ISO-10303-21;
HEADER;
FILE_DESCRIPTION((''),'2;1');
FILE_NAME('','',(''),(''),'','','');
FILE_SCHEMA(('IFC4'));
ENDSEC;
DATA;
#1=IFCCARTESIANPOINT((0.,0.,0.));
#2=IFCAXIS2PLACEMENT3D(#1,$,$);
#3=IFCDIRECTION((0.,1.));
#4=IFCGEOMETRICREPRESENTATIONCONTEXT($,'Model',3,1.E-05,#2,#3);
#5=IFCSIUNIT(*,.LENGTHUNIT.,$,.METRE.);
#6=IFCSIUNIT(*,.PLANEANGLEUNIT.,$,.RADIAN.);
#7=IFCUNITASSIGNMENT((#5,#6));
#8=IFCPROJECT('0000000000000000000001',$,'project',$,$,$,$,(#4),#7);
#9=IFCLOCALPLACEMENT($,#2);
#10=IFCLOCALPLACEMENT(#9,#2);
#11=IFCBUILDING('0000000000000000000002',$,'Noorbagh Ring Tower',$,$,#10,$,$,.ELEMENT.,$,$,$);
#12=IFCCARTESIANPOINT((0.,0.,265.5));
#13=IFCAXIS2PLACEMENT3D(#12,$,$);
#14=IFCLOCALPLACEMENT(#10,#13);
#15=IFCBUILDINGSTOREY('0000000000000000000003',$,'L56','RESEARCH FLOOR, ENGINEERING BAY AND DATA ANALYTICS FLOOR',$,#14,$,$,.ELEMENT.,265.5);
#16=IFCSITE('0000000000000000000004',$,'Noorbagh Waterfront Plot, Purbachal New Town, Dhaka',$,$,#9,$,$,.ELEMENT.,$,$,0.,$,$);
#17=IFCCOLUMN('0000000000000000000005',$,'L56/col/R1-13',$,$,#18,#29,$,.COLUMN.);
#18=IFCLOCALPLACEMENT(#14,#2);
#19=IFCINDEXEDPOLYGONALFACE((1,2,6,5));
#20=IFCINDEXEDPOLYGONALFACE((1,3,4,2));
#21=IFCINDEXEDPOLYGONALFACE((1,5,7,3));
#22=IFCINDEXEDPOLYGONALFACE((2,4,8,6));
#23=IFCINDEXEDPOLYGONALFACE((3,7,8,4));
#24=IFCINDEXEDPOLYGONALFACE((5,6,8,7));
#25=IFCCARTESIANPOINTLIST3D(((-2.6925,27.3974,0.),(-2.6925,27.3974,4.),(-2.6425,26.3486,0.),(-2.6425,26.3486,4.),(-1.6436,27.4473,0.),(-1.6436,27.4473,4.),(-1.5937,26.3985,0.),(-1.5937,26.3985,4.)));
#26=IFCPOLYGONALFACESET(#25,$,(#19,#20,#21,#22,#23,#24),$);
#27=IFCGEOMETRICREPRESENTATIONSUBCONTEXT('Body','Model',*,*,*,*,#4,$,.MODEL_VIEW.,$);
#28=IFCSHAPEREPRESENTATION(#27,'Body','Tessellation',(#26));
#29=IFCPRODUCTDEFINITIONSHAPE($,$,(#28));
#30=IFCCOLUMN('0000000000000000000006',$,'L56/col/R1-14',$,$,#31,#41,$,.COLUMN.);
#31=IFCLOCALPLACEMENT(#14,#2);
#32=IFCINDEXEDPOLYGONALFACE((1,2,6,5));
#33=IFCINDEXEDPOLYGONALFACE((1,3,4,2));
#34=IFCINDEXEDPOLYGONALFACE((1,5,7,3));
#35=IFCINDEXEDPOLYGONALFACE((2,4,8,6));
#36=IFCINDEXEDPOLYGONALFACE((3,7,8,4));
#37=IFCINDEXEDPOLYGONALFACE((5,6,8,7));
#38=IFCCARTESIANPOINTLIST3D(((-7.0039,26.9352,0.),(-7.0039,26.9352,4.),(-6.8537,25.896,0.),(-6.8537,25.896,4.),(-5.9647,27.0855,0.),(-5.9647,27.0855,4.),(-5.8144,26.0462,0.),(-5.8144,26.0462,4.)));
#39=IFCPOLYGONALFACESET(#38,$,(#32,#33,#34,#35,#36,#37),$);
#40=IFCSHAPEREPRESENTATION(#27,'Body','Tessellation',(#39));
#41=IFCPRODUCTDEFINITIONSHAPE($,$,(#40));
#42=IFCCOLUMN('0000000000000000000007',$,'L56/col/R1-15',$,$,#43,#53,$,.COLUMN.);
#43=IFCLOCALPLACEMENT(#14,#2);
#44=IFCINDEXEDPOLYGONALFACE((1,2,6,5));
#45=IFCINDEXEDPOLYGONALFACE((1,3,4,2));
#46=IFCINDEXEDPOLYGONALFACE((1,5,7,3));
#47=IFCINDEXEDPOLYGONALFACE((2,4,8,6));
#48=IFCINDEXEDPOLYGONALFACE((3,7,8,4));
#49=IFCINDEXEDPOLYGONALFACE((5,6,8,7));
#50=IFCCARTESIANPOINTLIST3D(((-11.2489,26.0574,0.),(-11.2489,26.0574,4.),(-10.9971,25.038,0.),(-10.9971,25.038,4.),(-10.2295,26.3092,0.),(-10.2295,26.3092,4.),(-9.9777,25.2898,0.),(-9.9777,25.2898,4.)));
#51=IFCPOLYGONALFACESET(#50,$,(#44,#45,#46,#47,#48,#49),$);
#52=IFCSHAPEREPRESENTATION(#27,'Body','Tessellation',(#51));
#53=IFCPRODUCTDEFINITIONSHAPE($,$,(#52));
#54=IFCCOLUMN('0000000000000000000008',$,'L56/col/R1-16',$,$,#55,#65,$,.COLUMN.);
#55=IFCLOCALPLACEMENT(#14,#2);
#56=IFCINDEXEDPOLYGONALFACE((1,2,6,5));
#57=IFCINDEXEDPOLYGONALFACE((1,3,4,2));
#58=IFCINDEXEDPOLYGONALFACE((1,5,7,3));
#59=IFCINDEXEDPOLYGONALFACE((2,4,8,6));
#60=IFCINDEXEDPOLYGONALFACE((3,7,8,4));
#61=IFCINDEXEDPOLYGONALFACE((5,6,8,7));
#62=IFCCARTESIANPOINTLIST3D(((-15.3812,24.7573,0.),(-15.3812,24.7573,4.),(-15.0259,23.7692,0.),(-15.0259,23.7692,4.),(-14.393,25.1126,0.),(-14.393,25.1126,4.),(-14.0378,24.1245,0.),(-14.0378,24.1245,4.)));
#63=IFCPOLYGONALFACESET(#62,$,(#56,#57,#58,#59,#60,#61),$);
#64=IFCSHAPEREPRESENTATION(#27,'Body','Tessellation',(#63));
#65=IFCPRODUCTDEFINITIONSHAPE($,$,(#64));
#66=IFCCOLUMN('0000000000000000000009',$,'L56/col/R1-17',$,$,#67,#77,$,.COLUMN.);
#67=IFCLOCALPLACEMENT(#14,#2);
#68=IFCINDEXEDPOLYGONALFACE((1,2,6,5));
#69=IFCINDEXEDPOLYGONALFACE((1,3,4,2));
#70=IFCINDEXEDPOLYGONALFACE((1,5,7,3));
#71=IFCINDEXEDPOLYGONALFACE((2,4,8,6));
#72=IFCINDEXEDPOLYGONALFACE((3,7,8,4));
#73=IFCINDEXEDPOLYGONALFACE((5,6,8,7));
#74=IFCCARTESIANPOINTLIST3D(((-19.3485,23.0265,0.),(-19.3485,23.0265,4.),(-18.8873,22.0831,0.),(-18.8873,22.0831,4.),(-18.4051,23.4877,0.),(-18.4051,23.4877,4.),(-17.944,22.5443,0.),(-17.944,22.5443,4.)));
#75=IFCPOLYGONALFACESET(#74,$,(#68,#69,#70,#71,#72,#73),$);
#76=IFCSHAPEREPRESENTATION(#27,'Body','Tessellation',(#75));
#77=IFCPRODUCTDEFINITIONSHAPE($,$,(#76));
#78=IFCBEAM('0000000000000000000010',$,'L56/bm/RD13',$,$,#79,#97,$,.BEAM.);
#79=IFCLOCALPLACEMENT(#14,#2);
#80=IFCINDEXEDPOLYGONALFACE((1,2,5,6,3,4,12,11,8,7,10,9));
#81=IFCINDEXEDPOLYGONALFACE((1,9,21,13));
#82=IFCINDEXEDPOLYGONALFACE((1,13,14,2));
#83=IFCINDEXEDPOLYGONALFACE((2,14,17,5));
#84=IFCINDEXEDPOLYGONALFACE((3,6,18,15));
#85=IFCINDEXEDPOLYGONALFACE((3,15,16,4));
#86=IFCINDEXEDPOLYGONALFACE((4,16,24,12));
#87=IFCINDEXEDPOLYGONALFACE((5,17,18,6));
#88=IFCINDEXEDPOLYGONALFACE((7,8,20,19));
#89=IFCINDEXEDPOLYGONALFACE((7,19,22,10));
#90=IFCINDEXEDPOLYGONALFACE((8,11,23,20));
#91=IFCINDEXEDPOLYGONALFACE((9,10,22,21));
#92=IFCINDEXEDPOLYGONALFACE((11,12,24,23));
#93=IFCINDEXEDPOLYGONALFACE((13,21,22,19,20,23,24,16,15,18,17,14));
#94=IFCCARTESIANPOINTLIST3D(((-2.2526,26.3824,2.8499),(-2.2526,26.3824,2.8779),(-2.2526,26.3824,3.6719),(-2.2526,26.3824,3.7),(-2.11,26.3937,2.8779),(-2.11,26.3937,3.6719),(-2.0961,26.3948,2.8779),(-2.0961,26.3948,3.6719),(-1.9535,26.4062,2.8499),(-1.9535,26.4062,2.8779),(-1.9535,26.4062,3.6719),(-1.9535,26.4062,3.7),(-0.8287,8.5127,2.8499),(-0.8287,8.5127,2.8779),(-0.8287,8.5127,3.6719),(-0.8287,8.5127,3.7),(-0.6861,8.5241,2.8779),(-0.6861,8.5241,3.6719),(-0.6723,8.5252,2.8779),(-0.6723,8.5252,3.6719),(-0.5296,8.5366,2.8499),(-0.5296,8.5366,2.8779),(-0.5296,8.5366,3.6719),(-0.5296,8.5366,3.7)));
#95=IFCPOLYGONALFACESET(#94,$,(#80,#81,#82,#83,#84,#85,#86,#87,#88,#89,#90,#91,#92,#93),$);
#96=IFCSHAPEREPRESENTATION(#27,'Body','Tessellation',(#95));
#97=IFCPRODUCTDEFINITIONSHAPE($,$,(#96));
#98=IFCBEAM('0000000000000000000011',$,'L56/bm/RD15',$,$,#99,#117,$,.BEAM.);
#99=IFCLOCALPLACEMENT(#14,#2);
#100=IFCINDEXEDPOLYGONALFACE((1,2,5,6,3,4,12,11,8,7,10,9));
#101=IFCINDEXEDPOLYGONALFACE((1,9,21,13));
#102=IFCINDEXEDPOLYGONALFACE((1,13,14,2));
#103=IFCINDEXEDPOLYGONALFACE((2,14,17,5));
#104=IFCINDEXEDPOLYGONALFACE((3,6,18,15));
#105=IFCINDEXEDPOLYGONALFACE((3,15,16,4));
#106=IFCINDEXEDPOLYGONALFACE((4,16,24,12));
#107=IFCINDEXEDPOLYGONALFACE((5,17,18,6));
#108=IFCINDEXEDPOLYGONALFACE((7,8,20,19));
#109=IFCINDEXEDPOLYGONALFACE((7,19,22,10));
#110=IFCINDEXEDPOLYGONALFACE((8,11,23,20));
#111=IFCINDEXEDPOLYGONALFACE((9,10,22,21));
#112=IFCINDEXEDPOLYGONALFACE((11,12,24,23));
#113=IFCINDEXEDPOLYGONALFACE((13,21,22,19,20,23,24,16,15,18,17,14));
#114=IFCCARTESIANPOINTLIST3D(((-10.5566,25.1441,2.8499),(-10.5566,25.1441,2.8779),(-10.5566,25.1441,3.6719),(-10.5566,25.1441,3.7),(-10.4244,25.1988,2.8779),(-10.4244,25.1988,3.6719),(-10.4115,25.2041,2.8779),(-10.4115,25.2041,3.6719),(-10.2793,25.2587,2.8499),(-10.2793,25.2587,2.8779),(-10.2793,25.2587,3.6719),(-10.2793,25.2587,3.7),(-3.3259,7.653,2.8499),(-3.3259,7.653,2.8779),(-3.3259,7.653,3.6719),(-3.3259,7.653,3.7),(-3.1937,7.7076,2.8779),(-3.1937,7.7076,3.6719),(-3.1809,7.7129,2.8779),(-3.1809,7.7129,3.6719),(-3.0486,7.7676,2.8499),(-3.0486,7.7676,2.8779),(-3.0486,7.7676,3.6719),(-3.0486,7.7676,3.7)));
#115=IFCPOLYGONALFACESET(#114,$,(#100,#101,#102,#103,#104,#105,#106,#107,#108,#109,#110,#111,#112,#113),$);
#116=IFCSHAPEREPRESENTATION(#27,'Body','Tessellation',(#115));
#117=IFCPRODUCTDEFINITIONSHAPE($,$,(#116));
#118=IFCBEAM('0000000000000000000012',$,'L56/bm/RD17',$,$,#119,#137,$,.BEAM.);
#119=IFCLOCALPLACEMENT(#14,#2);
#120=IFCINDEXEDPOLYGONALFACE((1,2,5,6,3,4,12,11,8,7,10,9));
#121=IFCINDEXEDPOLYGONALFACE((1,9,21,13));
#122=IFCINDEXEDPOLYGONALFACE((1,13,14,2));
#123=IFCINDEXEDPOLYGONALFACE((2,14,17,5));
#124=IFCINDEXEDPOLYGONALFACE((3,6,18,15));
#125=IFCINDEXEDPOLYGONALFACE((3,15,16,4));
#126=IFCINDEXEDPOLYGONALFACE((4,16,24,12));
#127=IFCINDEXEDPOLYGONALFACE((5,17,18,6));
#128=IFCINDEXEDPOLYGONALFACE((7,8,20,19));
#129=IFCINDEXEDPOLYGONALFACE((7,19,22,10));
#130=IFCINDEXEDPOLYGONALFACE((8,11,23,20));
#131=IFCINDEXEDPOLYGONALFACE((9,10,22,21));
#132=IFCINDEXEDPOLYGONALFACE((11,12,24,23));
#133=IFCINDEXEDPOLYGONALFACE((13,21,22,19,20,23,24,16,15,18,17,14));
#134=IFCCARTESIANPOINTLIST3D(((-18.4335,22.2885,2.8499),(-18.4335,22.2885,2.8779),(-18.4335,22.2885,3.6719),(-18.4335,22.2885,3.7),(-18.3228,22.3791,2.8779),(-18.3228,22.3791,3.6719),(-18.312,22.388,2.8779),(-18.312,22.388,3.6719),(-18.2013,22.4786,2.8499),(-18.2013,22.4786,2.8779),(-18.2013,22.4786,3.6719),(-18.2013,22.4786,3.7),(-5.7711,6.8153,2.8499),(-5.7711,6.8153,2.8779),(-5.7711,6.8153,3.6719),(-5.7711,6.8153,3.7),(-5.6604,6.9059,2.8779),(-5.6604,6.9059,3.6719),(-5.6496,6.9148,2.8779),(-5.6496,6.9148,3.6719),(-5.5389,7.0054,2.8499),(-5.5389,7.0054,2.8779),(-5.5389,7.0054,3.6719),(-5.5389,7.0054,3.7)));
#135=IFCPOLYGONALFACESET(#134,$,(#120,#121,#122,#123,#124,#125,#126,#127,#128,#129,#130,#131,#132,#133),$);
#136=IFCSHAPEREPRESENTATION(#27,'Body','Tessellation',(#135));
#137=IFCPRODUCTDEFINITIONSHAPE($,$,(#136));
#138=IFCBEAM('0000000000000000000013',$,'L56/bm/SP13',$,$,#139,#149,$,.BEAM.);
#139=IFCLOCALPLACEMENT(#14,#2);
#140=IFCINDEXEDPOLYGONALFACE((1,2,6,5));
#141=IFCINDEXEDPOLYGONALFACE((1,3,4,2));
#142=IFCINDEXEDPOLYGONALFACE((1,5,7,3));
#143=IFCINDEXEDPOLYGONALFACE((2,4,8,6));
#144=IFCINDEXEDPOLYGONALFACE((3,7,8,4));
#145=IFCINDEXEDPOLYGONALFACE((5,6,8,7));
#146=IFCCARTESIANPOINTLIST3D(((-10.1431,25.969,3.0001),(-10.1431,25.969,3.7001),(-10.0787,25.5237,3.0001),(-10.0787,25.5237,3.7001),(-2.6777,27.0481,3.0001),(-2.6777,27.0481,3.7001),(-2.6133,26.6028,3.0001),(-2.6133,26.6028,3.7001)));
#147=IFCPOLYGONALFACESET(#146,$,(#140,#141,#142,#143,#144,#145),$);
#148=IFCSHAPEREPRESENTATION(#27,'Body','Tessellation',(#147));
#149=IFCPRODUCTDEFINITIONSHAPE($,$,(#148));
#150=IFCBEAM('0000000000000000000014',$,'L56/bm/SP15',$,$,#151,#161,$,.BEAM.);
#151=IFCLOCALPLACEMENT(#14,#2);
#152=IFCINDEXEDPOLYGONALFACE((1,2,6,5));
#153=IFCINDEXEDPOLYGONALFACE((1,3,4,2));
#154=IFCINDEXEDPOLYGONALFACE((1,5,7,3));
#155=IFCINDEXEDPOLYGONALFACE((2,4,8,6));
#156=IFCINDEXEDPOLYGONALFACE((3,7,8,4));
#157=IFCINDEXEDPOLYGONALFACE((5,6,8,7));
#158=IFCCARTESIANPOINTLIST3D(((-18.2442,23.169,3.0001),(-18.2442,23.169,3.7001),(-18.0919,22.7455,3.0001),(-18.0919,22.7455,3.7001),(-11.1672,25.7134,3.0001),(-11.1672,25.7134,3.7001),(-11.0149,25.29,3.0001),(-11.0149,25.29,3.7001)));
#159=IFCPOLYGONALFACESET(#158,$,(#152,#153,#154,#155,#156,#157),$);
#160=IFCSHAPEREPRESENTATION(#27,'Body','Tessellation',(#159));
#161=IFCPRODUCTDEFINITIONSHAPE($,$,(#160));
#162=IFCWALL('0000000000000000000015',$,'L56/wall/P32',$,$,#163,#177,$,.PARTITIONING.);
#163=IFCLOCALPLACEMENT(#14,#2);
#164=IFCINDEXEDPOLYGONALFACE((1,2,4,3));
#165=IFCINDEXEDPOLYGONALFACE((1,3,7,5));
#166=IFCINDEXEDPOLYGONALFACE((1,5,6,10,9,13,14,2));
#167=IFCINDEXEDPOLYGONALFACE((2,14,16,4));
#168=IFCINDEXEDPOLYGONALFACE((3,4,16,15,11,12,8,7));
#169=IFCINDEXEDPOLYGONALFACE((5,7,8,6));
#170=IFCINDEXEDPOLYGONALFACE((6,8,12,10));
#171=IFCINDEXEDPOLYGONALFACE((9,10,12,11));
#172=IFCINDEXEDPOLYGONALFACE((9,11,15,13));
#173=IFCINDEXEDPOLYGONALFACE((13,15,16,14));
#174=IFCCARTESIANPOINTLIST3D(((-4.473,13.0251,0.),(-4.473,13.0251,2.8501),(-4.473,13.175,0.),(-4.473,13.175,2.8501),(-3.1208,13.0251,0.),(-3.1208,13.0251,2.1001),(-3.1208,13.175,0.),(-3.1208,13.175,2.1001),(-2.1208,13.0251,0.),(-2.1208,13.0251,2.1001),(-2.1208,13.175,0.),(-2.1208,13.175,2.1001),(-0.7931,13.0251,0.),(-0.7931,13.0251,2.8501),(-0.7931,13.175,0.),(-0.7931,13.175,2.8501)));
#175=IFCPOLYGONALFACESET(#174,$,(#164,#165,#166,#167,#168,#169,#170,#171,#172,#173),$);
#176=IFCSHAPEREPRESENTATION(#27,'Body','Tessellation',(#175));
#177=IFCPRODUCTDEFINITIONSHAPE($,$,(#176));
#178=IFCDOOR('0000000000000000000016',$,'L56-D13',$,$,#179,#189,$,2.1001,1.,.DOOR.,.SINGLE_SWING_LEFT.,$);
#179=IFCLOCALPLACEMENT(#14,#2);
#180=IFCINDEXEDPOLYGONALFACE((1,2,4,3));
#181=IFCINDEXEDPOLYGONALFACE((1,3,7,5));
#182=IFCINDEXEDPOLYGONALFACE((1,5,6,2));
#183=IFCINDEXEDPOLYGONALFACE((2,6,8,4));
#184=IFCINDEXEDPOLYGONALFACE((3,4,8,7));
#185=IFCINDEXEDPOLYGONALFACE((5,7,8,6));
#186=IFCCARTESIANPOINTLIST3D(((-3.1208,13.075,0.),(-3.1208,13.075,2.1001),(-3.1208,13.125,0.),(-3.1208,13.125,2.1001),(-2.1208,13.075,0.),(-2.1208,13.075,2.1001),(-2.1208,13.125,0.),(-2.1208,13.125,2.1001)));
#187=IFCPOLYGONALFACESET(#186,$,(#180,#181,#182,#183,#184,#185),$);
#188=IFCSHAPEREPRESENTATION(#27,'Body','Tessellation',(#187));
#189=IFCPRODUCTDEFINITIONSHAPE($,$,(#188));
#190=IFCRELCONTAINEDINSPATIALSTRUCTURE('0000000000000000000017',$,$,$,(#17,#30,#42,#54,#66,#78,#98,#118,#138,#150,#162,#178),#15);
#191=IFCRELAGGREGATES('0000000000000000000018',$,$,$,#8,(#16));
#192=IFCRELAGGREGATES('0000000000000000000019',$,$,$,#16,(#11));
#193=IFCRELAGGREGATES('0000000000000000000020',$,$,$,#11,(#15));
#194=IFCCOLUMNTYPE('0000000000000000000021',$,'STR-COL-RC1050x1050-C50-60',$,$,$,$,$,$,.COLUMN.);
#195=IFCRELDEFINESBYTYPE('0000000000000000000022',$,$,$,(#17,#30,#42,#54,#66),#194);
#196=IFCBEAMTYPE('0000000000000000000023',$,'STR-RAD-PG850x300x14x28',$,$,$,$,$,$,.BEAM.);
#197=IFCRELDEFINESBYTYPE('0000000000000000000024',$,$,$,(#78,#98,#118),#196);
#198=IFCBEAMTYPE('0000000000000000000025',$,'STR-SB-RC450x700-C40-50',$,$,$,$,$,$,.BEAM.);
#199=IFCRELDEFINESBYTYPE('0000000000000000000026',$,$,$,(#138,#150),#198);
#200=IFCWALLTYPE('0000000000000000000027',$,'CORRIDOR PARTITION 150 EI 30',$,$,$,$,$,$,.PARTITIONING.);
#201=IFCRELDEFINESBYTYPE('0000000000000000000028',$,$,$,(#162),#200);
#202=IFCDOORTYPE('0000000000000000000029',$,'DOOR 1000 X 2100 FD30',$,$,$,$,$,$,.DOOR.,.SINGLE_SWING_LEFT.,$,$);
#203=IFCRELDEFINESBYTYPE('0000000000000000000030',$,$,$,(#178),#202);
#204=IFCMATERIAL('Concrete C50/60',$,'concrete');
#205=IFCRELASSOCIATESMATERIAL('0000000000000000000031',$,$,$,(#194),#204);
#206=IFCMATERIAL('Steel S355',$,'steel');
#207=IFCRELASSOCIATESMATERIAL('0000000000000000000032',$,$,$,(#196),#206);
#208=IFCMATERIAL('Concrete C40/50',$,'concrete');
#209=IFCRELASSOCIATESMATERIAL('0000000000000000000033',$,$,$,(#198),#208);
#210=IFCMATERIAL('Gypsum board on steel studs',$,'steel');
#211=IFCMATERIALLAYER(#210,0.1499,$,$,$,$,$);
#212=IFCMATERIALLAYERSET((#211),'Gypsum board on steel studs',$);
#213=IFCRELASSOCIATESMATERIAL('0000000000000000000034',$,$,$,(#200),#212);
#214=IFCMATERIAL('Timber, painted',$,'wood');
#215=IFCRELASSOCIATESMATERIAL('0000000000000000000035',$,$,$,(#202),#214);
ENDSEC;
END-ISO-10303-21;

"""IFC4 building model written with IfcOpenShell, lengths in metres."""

from ifc_helpers import new_model, si_unit, direction, frame, frame_2d, origin, origin_2d, place, context, subcontext, project, spatial, rectangle, i_section, extrude, material, layer, layer_set, material_profile, profile_set, type_object, element, fill, save


model = new_model("IFC4")

# Units and contexts
model_context = context("Model", 3, precision=1e-05, world=origin(), true_north=direction((0.0, 1.0)))
body_context = subcontext(model_context, "Body", "Model", "MODEL_VIEW")
ifc_project = project(units=[si_unit("LENGTHUNIT", "METRE"), si_unit("PLANEANGLEUNIT", "RADIAN")], contexts=[model_context])

# Site, building, storey
site_placement = place(None, origin())
site = spatial("IfcSite", under=ifc_project, at=site_placement, Name="Noorbagh Waterfront Plot, Purbachal New Town, Dhaka", CompositionType="ELEMENT", RefElevation=0.0)
building_placement = place(site_placement, origin())
building = spatial("IfcBuilding", under=site, at=building_placement, Name="Noorbagh Ring Tower", CompositionType="ELEMENT")
storey_placement = place(building_placement, frame((0.0, 0.0, 265.5)))
storey = spatial("IfcBuildingStorey", under=building, at=storey_placement, Name="L56", Description="RESEARCH FLOOR, ENGINEERING BAY AND DATA ANALYTICS FLOOR", CompositionType="ELEMENT", Elevation=265.5)

# Columns
ifc_material_1 = material(Name="Concrete C50/60", Category="concrete")
ifc_material_profile_1 = material_profile(ifc_material_1, rectangle(XDim=1.05, YDim=1.05, at=origin_2d()), Name="RC1050x1050")
ifc_profile_set_1 = profile_set([ifc_material_profile_1], Name="Concrete C50/60")
column_type = type_object("IfcColumnType", Name="STR-COL-RC1050x1050-C50-60", PredefinedType="COLUMN", material=ifc_profile_set_1)
for number, where, z_axis, x_axis, name in (
    (1, (-2.1431, 26.8979, 0.0), (0.0, 0.0, 1.0), (-0.998869, -0.047553, 0.0), "L56/col/R1-13"),
    (2, (-6.4092, 26.4907, 0.0), (0.0, 0.0, 1.0), (-0.989713, -0.143066, 0.0), "L56/col/R1-14"),
    (3, (-10.6133, 25.6736, 0.0), (0.0, 0.0, 1.0), (-0.970829, -0.239771, 0.0), "L56/col/R1-15"),
    (4, (-14.7095, 24.4409, 0.0), (0.0, 0.0, 1.0), (-0.941025, -0.338338, 0.0), "L56/col/R1-16"),
    (5, (-18.6462, 22.7854, 0.0), (0.0, 0.0, 1.0), (-0.898399, -0.43918, 0.0), "L56/col/R1-17"),
):
    element("IfcColumn", number, at=place(storey_placement, frame(where, z_axis=z_axis, x_axis=x_axis)), inside=storey, type_object=column_type, Name=name, PredefinedType="COLUMN", context=body_context, shape_type="SweptSolid", body=[
        extrude(rectangle(XDim=1.05, YDim=1.05, at=origin_2d()), origin(), (0.0, 0.0, 1.0), 4.0),
    ])

# Beams
ifc_material_2 = material(Name="Steel S355", Category="steel")
ifc_material_profile_2 = material_profile(ifc_material_2, i_section(OverallWidth=0.3, OverallDepth=0.8501, WebThickness=0.0139, FlangeThickness=0.0281, at=origin_2d()), Name="PG850x300x14x28")
ifc_profile_set_2 = profile_set([ifc_material_profile_2], Name="Steel S355")
beam_type_1 = type_object("IfcBeamType", Name="STR-RAD-PG850x300x14x28", PredefinedType="BEAM", material=ifc_profile_set_2)
beam_1_placement = place(storey_placement, frame((-2.103, 26.3943, 3.2749), z_axis=(0.079427, -0.996841, 0.0), x_axis=(0.996841, 0.079427, 0.0)))
element("IfcBeam", 6, at=beam_1_placement, inside=storey, type_object=beam_type_1, Name="L56/bm/RD13", PredefinedType="BEAM", context=body_context, shape_type="SweptSolid", body=[
    extrude(i_section(OverallWidth=0.3, OverallDepth=0.8501, WebThickness=0.0139, FlangeThickness=0.0281, at=origin_2d()), origin(), (0.0, 0.0, 1.0), 17.9263),
])
beam_2_placement = place(storey_placement, frame((-10.418, 25.2014, 3.2749), z_axis=(0.382035, -0.924148, 0.0), x_axis=(0.924148, 0.382035, 0.0)))
element("IfcBeam", 7, at=beam_2_placement, inside=storey, type_object=beam_type_1, Name="L56/bm/RD15", PredefinedType="BEAM", context=body_context, shape_type="SweptSolid", body=[
    extrude(i_section(OverallWidth=0.3, OverallDepth=0.8501, WebThickness=0.0139, FlangeThickness=0.0281, at=origin_2d()), origin(), (0.0, 0.0, 1.0), 18.9268),
])
beam_3_placement = place(storey_placement, frame((-18.3174, 22.3835, 3.2749), z_axis=(0.633313, -0.773896, 0.0), x_axis=(0.773896, 0.633313, 0.0)))
element("IfcBeam", 8, at=beam_3_placement, inside=storey, type_object=beam_type_1, Name="L56/bm/RD17", PredefinedType="BEAM", context=body_context, shape_type="SweptSolid", body=[
    extrude(i_section(OverallWidth=0.3, OverallDepth=0.8501, WebThickness=0.0139, FlangeThickness=0.0281, at=origin_2d()), origin(), (0.0, 0.0, 1.0), 19.9939),
])
ifc_material_3 = material(Name="Concrete C40/50", Category="concrete")
ifc_material_profile_3 = material_profile(ifc_material_3, rectangle(XDim=0.45, YDim=0.7, at=origin_2d()), Name="RC450x700")
ifc_profile_set_3 = profile_set([ifc_material_profile_3], Name="Concrete C40/50")
beam_type_2 = type_object("IfcBeamType", Name="STR-SB-RC450x700-C40-50", PredefinedType="BEAM", material=ifc_profile_set_3)
beam_4_placement = place(storey_placement, frame((-2.6455, 26.8254, 3.3501), z_axis=(-0.989714, -0.143062, 0.0), x_axis=(0.143062, -0.989714, 0.0)))
element("IfcBeam", 9, at=beam_4_placement, inside=storey, type_object=beam_type_2, Name="L56/bm/SP13", PredefinedType="BEAM", context=body_context, shape_type="SweptSolid", body=[
    extrude(rectangle(XDim=0.45, YDim=0.7, at=origin_2d()), origin(), (0.0, 0.0, 1.0), 7.543),
])
beam_5_placement = place(storey_placement, frame((-11.0911, 25.5017, 3.3501), z_axis=(-0.941025, -0.338337, 0.0), x_axis=(0.338337, -0.941025, 0.0)))
element("IfcBeam", 10, at=beam_5_placement, inside=storey, type_object=beam_type_2, Name="L56/bm/SP15", PredefinedType="BEAM", context=body_context, shape_type="SweptSolid", body=[
    extrude(rectangle(XDim=0.45, YDim=0.7, at=origin_2d()), origin(), (0.0, 0.0, 1.0), 7.5205),
])

# Wall, opening, door
ifc_material_4 = material(Name="Gypsum board on steel studs", Category="steel")
ifc_layer_1 = layer(ifc_material_4, 0.1499)
ifc_layer_set_1 = layer_set([ifc_layer_1], Name="Gypsum board on steel studs")
wall_type_1 = type_object("IfcWallType", Name="CORRIDOR PARTITION 150 EI 30", PredefinedType="PARTITIONING", material=ifc_layer_set_1)
wall_1_placement = place(storey_placement, frame((-4.4729, 13.1001, 0.0), z_axis=(0.0, 0.0, 1.0), x_axis=(1.0, 0.0, 0.0)))
wall_1 = element("IfcWall", 11, at=wall_1_placement, inside=storey, type_object=wall_type_1, Name="L56/wall/P32", PredefinedType="PARTITIONING", context=body_context, shape_type="SweptSolid", body=[
    extrude(rectangle(XDim=3.6799, YDim=0.1499, at=frame_2d((1.8398, 0.0))), origin(), (0.0, 0.0, 1.0), 2.8501),
])
opening_1_placement = place(wall_1_placement, frame((1.3521, 0.0, 0.0)))
opening_1 = element("IfcOpeningElement", 12, at=opening_1_placement, cuts=wall_1, PredefinedType="OPENING", context=body_context, shape_type="SweptSolid", body=[
    extrude(rectangle(XDim=1.0, YDim=2.1001, at=frame_2d((0.5, 1.05))), frame((0.0, 0.085, 0.0), z_axis=(0.0, -1.0, 0.0), x_axis=(1.0, 0.0, 0.0)), (0.0, 0.0, 1.0), 0.1699),
])
ifc_material_5 = material(Name="Timber, painted", Category="wood")
door_type_1 = type_object("IfcDoorType", Name="DOOR 1000 X 2100 FD30", OperationType="SINGLE_SWING_LEFT", PredefinedType="DOOR", material=ifc_material_5)
door_1_placement = place(opening_1_placement, origin())
door_1 = element("IfcDoor", 13, at=door_1_placement, inside=storey, type_object=door_type_1, Name="L56-D13", OperationType="SINGLE_SWING_LEFT", OverallHeight=2.1001, OverallWidth=1.0, PredefinedType="DOOR", context=body_context, shape_type="SweptSolid", body=[
    extrude(rectangle(XDim=1.0, YDim=2.1001, at=frame_2d((0.5, 1.05))), frame((0.0, 0.0249, 0.0), z_axis=(0.0, -1.0, 0.0), x_axis=(1.0, 0.0, 0.0)), (0.0, 0.0, 1.0), 0.05),
])
fill(opening_1, door_1)

save(model, "model.ifc")
